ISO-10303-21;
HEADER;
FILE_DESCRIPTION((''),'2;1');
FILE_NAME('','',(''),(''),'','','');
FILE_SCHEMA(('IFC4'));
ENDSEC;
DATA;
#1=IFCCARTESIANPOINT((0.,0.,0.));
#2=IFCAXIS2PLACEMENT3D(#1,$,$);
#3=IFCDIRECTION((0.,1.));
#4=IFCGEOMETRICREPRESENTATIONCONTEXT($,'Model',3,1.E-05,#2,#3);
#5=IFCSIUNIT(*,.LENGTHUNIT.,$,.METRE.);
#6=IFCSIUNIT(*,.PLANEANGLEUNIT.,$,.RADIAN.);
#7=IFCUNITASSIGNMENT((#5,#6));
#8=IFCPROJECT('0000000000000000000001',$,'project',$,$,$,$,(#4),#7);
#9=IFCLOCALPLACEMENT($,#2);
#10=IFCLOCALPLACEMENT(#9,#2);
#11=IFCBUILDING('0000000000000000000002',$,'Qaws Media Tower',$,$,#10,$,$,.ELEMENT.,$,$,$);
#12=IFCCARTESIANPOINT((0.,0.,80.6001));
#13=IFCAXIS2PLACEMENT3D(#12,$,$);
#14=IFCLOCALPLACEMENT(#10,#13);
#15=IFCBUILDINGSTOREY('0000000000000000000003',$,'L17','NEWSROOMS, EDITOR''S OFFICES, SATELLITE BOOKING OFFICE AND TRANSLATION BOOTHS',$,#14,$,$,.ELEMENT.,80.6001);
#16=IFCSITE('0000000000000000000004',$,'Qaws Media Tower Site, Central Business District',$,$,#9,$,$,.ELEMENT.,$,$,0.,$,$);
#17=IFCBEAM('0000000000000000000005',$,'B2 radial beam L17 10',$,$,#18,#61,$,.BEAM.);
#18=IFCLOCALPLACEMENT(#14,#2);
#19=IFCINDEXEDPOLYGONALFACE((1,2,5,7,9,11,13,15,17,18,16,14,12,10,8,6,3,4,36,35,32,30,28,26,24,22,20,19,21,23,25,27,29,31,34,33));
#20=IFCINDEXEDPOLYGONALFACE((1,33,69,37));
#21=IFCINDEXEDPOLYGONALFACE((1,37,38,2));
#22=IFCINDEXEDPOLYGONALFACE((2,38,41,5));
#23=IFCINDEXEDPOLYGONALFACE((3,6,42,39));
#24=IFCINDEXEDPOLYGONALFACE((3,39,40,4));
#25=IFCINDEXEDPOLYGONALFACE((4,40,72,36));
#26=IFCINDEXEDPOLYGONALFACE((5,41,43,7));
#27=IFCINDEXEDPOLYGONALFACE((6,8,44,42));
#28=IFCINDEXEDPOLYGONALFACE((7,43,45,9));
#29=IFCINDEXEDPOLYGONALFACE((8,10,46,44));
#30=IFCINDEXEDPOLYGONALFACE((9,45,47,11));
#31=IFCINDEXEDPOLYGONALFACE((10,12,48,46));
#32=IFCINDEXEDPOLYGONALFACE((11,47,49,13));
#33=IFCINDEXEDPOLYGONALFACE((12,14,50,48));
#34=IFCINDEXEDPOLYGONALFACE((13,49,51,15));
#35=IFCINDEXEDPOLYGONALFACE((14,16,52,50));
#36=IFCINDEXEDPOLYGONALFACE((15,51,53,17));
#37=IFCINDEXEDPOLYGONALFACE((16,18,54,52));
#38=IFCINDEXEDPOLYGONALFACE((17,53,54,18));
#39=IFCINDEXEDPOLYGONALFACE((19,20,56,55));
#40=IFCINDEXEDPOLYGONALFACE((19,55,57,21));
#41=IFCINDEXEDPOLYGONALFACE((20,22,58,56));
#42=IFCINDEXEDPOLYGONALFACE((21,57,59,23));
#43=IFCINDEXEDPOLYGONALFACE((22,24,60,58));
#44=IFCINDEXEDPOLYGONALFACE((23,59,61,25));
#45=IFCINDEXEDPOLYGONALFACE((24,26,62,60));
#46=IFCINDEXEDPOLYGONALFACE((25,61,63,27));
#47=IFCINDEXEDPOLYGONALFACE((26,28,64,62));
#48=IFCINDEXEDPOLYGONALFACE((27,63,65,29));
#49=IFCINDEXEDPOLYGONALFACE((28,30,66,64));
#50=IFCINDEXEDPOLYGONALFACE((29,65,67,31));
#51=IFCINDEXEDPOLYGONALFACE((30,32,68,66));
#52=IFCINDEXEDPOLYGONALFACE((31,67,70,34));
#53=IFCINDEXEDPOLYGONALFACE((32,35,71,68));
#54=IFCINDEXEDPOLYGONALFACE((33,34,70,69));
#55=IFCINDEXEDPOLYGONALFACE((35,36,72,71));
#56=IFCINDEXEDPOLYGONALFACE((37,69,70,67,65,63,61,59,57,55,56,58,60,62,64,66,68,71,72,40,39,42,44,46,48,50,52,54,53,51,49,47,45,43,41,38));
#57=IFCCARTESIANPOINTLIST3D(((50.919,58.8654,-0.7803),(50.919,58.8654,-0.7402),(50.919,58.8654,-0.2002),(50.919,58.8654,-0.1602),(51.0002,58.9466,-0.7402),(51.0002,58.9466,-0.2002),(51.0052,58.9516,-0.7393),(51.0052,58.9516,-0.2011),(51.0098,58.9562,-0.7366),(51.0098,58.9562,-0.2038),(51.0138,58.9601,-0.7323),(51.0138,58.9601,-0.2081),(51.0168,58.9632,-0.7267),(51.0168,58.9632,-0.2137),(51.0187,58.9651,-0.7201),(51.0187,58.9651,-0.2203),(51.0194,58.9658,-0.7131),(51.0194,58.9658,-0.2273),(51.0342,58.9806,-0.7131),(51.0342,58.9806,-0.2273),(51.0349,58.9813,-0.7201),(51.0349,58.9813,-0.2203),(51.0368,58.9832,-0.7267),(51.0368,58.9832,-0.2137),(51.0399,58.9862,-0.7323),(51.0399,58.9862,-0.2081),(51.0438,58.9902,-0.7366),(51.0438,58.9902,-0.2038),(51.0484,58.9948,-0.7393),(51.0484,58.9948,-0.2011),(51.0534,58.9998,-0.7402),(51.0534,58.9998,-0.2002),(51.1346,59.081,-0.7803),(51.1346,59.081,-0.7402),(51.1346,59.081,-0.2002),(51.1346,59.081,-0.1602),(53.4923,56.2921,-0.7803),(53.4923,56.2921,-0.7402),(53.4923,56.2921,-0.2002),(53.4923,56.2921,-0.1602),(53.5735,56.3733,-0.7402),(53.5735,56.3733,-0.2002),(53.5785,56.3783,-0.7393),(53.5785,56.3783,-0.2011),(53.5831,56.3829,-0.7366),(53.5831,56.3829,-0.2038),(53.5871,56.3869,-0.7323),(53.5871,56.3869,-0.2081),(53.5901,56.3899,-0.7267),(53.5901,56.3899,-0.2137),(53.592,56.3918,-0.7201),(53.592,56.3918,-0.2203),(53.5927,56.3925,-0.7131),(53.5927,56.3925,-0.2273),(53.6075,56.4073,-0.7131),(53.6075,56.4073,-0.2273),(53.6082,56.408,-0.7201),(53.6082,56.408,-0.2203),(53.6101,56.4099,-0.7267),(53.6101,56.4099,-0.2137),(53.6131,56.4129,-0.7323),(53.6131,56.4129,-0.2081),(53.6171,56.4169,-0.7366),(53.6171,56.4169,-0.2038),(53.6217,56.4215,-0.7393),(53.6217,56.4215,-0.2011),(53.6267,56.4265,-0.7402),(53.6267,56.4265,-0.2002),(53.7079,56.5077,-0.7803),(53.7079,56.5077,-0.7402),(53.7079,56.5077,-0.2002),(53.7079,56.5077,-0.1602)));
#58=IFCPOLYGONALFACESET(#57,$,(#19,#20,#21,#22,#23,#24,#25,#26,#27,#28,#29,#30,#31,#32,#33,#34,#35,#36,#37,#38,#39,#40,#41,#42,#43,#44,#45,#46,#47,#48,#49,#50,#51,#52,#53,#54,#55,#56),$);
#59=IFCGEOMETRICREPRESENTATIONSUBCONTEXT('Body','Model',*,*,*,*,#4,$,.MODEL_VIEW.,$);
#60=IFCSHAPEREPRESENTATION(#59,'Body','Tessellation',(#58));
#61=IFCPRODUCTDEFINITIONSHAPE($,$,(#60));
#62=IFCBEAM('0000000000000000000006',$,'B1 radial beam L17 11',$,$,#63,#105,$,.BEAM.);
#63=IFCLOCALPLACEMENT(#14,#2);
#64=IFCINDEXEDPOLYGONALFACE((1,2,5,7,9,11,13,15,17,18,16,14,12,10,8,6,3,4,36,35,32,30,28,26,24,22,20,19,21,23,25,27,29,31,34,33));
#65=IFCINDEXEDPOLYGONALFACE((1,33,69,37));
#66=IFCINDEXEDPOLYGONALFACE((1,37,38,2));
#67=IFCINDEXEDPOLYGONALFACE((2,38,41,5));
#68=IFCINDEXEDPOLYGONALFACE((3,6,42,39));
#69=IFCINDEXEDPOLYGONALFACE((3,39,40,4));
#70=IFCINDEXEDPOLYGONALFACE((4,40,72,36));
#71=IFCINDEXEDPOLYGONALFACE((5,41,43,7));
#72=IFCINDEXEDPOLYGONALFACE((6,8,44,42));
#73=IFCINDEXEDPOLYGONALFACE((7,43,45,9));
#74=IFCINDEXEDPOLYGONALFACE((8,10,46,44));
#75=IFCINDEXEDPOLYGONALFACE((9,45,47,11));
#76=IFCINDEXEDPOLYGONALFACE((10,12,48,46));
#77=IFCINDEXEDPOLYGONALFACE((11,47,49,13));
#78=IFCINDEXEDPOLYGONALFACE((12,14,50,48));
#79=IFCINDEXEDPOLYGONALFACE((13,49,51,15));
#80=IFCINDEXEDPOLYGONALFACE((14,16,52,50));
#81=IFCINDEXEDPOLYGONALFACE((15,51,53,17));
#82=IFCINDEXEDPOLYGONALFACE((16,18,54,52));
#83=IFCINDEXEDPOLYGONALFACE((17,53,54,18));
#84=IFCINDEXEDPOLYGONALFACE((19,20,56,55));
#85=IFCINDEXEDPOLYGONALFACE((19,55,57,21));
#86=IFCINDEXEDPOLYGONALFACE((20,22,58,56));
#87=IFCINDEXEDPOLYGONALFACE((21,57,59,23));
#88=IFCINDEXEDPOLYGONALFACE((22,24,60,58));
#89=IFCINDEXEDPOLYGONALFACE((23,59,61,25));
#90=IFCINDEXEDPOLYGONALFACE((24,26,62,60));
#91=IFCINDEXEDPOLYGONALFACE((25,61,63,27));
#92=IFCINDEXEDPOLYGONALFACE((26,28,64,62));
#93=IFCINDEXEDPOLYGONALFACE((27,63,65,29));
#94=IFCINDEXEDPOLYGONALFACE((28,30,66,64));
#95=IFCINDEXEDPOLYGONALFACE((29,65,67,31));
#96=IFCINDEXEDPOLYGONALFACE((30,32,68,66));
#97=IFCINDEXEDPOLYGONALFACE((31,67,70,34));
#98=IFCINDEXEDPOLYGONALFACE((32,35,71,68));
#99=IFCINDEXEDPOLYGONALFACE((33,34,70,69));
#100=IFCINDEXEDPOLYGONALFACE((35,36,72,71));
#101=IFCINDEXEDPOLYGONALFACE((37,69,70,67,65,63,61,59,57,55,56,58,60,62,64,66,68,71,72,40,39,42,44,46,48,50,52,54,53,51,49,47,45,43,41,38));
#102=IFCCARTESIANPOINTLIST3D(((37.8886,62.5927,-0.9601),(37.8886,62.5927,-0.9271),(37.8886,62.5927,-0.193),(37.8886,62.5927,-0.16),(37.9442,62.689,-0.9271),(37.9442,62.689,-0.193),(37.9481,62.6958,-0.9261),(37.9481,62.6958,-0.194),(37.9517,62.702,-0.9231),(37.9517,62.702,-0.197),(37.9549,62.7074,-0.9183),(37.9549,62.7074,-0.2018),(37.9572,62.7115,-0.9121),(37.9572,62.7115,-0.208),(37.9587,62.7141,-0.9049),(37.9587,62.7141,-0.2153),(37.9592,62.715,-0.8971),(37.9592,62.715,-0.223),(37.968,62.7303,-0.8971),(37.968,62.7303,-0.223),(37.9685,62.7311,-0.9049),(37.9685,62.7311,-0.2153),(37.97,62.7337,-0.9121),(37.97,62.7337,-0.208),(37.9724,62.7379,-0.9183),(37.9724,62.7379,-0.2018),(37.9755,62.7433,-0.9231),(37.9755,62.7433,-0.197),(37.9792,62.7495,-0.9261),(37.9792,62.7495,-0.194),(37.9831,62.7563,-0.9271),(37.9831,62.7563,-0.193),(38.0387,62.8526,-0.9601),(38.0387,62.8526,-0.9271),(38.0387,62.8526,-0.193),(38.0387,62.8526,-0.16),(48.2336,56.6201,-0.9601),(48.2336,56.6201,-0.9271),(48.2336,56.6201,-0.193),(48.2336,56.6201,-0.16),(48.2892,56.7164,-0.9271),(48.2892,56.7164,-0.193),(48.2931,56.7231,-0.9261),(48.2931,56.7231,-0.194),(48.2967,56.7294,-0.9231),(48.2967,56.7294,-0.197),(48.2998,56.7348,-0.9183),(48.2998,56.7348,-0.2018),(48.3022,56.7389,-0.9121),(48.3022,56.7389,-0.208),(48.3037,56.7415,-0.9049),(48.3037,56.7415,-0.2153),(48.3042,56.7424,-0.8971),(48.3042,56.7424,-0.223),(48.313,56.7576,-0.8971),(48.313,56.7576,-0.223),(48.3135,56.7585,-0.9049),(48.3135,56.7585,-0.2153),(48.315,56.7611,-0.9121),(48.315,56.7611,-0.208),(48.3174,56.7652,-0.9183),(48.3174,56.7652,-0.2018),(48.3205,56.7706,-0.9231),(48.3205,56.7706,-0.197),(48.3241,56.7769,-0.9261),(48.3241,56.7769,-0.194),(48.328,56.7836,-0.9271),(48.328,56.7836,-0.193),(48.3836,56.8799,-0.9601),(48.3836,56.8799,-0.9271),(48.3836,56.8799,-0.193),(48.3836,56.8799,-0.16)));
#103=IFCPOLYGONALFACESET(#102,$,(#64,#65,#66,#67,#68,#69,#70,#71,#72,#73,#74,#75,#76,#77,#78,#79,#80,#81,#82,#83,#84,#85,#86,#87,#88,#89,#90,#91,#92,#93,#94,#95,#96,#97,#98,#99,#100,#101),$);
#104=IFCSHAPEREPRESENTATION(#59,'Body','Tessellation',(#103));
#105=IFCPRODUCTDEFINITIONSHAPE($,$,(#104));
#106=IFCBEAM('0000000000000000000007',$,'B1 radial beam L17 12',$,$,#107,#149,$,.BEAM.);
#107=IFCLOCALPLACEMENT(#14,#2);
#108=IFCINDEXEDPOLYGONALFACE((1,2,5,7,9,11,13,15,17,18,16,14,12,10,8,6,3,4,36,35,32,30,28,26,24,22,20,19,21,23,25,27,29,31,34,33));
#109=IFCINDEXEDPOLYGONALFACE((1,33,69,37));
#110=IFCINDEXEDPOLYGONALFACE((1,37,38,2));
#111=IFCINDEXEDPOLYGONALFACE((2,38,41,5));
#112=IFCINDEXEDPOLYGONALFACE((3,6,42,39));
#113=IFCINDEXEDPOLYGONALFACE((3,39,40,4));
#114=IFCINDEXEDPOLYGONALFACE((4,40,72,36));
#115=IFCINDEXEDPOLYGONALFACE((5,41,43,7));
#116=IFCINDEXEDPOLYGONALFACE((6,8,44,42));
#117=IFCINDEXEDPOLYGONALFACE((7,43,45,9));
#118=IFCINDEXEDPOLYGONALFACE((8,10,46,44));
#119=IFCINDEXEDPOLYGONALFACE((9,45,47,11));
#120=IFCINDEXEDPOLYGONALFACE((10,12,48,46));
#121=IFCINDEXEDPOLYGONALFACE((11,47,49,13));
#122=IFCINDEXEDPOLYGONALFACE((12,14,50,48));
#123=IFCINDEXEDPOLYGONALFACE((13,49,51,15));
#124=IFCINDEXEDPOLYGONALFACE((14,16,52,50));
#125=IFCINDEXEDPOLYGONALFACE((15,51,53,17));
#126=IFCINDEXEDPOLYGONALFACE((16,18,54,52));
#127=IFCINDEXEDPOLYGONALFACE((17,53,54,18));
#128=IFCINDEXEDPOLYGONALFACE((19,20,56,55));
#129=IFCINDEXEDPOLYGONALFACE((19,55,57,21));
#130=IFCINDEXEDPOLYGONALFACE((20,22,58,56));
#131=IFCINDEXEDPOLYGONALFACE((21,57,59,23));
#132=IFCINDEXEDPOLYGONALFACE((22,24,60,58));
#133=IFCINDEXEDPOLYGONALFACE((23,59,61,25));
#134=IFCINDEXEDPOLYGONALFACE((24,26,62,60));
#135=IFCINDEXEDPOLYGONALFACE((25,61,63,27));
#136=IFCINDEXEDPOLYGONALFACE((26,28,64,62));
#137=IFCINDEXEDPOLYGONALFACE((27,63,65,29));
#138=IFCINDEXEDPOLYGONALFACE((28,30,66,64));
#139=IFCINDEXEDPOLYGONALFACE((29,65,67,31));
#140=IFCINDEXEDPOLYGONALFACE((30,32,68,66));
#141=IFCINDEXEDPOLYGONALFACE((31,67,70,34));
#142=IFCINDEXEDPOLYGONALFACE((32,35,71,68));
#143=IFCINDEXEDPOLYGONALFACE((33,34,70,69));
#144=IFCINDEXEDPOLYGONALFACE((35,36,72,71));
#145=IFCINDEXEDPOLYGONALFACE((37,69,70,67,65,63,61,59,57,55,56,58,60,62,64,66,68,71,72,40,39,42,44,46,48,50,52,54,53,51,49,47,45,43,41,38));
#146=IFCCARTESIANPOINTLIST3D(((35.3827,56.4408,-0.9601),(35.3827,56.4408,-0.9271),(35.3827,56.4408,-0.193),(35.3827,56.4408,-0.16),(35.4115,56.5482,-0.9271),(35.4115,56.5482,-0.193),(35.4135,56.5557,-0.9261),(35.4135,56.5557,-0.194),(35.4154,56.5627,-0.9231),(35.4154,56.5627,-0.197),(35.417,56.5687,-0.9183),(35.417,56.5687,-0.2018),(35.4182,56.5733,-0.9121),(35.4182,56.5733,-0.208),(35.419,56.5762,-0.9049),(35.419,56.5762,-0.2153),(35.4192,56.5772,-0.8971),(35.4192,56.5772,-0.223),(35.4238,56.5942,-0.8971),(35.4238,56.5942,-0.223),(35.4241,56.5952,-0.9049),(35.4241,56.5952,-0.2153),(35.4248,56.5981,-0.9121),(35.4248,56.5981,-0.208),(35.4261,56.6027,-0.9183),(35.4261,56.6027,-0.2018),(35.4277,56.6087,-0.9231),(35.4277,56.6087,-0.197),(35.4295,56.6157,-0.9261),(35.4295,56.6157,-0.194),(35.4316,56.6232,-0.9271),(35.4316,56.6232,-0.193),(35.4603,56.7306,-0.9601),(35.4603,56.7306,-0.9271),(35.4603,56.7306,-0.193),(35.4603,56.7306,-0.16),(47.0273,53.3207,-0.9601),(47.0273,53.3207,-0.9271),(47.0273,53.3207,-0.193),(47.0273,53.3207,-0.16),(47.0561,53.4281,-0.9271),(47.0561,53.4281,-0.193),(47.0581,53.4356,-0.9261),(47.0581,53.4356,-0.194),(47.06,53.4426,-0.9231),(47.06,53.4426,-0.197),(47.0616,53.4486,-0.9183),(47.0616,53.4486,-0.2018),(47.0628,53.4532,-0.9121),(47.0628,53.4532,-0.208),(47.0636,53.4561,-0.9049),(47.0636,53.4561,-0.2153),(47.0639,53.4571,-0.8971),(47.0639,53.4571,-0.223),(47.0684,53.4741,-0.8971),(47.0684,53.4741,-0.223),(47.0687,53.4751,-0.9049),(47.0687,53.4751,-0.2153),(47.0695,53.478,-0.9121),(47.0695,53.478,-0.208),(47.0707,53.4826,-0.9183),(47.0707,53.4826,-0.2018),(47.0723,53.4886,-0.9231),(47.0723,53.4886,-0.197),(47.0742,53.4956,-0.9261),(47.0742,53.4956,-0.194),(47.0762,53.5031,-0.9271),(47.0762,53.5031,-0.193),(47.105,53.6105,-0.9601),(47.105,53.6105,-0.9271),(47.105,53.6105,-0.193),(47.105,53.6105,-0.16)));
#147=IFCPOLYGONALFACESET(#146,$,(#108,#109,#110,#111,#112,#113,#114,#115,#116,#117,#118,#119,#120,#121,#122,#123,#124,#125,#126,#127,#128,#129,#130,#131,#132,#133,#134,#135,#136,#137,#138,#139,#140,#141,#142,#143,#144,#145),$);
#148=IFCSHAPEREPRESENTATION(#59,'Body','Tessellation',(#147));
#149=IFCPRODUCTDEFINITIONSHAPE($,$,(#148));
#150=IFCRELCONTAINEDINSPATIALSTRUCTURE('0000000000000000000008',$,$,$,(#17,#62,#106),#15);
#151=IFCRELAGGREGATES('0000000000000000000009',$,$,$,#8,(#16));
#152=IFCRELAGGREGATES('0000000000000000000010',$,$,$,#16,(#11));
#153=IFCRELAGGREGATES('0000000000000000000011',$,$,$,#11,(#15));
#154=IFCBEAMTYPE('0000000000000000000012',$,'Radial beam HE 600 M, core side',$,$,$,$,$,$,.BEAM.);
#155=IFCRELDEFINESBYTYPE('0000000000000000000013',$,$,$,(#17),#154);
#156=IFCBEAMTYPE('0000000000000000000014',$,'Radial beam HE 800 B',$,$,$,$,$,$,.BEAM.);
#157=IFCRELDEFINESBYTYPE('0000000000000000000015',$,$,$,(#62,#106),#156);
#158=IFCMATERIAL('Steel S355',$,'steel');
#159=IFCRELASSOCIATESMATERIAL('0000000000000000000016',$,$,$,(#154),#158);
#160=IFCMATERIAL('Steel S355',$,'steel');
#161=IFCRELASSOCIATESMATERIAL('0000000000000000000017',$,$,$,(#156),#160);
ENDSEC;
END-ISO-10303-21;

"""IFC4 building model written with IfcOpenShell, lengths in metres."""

from ifc_helpers import new_model, si_unit, direction, frame, origin, origin_2d, place, context, subcontext, project, spatial, i_section, extrude, material, material_profile, profile_set, type_object, element, save


model = new_model("IFC4")

# Units and contexts
model_context = context("Model", 3, precision=1e-05, world=origin(), true_north=direction((0.0, 1.0)))
body_context = subcontext(model_context, "Body", "Model", "MODEL_VIEW")
ifc_project = project(units=[si_unit("LENGTHUNIT", "METRE"), si_unit("PLANEANGLEUNIT", "RADIAN")], contexts=[model_context])

# Site, building, storey
site_placement = place(None, origin())
site = spatial("IfcSite", under=ifc_project, at=site_placement, Name="Qaws Media Tower Site, Central Business District", CompositionType="ELEMENT", RefElevation=0.0)
building_placement = place(site_placement, origin())
building = spatial("IfcBuilding", under=site, at=building_placement, Name="Qaws Media Tower", CompositionType="ELEMENT")
storey_placement = place(building_placement, frame((0.0, 0.0, 80.6001)))
storey = spatial("IfcBuildingStorey", under=building, at=storey_placement, Name="L17", Description="NEWSROOMS, EDITOR'S OFFICES, SATELLITE BOOKING OFFICE AND TRANSLATION BOOTHS", CompositionType="ELEMENT", Elevation=80.6001)

# Beams
ifc_material_1 = material(Name="Steel S355", Category="steel")
ifc_material_profile_1 = material_profile(ifc_material_1, i_section(OverallWidth=0.3049, OverallDepth=0.6201, WebThickness=0.021, FlangeThickness=0.04, FilletRadius=0.0271, at=origin_2d()), Name="HE 600 M")
ifc_profile_set_1 = profile_set([ifc_material_profile_1], Name="Steel S355")
beam_type_1 = type_object("IfcBeamType", Name="Radial beam HE 600 M, core side", PredefinedType="BEAM", material=ifc_profile_set_1)
beam_1_placement = place(storey_placement, frame((53.6001, 56.3999, -0.4702), z_axis=(-0.707107, 0.707107, 0.0), x_axis=(-0.707107, -0.707107, 0.0)))
element("IfcBeam", 1, at=beam_1_placement, inside=storey, type_object=beam_type_1, Name="B2 radial beam L17 10", PredefinedType="BEAM", context=body_context, shape_type="SweptSolid", body=[
    extrude(i_section(OverallWidth=0.3049, OverallDepth=0.6201, WebThickness=0.021, FlangeThickness=0.04, FilletRadius=0.0271, at=origin_2d()), origin(), (0.0, 0.0, 1.0), 3.6392),
])
ifc_material_2 = material(Name="Steel S355", Category="steel")
ifc_material_profile_2 = material_profile(ifc_material_2, i_section(OverallWidth=0.3, OverallDepth=0.8, WebThickness=0.0176, FlangeThickness=0.033, FilletRadius=0.03, at=origin_2d()), Name="HE 800 B")
ifc_profile_set_2 = profile_set([ifc_material_profile_2], Name="Steel S355")
beam_type_2 = type_object("IfcBeamType", Name="Radial beam HE 800 B", PredefinedType="BEAM", material=ifc_profile_set_2)
beam_2_placement = place(storey_placement, frame((48.3086, 56.75, -0.5601), z_axis=(-0.866026, 0.499999, 0.0), x_axis=(-0.499999, -0.866026, 0.0)))
element("IfcBeam", 2, at=beam_2_placement, inside=storey, type_object=beam_type_2, Name="B1 radial beam L17 11", PredefinedType="BEAM", context=body_context, shape_type="SweptSolid", body=[
    extrude(i_section(OverallWidth=0.3, OverallDepth=0.8, WebThickness=0.0176, FlangeThickness=0.033, FilletRadius=0.03, at=origin_2d()), origin(), (0.0, 0.0, 1.0), 11.9453),
])
beam_3_placement = place(storey_placement, frame((47.0662, 53.4656, -0.5601), z_axis=(-0.965926, 0.258817, 0.0), x_axis=(-0.258817, -0.965926, 0.0)))
element("IfcBeam", 3, at=beam_3_placement, inside=storey, type_object=beam_type_2, Name="B1 radial beam L17 12", PredefinedType="BEAM", context=body_context, shape_type="SweptSolid", body=[
    extrude(i_section(OverallWidth=0.3, OverallDepth=0.8, WebThickness=0.0176, FlangeThickness=0.033, FilletRadius=0.03, at=origin_2d()), origin(), (0.0, 0.0, 1.0), 12.0554),
])

save(model, "model.ifc")
